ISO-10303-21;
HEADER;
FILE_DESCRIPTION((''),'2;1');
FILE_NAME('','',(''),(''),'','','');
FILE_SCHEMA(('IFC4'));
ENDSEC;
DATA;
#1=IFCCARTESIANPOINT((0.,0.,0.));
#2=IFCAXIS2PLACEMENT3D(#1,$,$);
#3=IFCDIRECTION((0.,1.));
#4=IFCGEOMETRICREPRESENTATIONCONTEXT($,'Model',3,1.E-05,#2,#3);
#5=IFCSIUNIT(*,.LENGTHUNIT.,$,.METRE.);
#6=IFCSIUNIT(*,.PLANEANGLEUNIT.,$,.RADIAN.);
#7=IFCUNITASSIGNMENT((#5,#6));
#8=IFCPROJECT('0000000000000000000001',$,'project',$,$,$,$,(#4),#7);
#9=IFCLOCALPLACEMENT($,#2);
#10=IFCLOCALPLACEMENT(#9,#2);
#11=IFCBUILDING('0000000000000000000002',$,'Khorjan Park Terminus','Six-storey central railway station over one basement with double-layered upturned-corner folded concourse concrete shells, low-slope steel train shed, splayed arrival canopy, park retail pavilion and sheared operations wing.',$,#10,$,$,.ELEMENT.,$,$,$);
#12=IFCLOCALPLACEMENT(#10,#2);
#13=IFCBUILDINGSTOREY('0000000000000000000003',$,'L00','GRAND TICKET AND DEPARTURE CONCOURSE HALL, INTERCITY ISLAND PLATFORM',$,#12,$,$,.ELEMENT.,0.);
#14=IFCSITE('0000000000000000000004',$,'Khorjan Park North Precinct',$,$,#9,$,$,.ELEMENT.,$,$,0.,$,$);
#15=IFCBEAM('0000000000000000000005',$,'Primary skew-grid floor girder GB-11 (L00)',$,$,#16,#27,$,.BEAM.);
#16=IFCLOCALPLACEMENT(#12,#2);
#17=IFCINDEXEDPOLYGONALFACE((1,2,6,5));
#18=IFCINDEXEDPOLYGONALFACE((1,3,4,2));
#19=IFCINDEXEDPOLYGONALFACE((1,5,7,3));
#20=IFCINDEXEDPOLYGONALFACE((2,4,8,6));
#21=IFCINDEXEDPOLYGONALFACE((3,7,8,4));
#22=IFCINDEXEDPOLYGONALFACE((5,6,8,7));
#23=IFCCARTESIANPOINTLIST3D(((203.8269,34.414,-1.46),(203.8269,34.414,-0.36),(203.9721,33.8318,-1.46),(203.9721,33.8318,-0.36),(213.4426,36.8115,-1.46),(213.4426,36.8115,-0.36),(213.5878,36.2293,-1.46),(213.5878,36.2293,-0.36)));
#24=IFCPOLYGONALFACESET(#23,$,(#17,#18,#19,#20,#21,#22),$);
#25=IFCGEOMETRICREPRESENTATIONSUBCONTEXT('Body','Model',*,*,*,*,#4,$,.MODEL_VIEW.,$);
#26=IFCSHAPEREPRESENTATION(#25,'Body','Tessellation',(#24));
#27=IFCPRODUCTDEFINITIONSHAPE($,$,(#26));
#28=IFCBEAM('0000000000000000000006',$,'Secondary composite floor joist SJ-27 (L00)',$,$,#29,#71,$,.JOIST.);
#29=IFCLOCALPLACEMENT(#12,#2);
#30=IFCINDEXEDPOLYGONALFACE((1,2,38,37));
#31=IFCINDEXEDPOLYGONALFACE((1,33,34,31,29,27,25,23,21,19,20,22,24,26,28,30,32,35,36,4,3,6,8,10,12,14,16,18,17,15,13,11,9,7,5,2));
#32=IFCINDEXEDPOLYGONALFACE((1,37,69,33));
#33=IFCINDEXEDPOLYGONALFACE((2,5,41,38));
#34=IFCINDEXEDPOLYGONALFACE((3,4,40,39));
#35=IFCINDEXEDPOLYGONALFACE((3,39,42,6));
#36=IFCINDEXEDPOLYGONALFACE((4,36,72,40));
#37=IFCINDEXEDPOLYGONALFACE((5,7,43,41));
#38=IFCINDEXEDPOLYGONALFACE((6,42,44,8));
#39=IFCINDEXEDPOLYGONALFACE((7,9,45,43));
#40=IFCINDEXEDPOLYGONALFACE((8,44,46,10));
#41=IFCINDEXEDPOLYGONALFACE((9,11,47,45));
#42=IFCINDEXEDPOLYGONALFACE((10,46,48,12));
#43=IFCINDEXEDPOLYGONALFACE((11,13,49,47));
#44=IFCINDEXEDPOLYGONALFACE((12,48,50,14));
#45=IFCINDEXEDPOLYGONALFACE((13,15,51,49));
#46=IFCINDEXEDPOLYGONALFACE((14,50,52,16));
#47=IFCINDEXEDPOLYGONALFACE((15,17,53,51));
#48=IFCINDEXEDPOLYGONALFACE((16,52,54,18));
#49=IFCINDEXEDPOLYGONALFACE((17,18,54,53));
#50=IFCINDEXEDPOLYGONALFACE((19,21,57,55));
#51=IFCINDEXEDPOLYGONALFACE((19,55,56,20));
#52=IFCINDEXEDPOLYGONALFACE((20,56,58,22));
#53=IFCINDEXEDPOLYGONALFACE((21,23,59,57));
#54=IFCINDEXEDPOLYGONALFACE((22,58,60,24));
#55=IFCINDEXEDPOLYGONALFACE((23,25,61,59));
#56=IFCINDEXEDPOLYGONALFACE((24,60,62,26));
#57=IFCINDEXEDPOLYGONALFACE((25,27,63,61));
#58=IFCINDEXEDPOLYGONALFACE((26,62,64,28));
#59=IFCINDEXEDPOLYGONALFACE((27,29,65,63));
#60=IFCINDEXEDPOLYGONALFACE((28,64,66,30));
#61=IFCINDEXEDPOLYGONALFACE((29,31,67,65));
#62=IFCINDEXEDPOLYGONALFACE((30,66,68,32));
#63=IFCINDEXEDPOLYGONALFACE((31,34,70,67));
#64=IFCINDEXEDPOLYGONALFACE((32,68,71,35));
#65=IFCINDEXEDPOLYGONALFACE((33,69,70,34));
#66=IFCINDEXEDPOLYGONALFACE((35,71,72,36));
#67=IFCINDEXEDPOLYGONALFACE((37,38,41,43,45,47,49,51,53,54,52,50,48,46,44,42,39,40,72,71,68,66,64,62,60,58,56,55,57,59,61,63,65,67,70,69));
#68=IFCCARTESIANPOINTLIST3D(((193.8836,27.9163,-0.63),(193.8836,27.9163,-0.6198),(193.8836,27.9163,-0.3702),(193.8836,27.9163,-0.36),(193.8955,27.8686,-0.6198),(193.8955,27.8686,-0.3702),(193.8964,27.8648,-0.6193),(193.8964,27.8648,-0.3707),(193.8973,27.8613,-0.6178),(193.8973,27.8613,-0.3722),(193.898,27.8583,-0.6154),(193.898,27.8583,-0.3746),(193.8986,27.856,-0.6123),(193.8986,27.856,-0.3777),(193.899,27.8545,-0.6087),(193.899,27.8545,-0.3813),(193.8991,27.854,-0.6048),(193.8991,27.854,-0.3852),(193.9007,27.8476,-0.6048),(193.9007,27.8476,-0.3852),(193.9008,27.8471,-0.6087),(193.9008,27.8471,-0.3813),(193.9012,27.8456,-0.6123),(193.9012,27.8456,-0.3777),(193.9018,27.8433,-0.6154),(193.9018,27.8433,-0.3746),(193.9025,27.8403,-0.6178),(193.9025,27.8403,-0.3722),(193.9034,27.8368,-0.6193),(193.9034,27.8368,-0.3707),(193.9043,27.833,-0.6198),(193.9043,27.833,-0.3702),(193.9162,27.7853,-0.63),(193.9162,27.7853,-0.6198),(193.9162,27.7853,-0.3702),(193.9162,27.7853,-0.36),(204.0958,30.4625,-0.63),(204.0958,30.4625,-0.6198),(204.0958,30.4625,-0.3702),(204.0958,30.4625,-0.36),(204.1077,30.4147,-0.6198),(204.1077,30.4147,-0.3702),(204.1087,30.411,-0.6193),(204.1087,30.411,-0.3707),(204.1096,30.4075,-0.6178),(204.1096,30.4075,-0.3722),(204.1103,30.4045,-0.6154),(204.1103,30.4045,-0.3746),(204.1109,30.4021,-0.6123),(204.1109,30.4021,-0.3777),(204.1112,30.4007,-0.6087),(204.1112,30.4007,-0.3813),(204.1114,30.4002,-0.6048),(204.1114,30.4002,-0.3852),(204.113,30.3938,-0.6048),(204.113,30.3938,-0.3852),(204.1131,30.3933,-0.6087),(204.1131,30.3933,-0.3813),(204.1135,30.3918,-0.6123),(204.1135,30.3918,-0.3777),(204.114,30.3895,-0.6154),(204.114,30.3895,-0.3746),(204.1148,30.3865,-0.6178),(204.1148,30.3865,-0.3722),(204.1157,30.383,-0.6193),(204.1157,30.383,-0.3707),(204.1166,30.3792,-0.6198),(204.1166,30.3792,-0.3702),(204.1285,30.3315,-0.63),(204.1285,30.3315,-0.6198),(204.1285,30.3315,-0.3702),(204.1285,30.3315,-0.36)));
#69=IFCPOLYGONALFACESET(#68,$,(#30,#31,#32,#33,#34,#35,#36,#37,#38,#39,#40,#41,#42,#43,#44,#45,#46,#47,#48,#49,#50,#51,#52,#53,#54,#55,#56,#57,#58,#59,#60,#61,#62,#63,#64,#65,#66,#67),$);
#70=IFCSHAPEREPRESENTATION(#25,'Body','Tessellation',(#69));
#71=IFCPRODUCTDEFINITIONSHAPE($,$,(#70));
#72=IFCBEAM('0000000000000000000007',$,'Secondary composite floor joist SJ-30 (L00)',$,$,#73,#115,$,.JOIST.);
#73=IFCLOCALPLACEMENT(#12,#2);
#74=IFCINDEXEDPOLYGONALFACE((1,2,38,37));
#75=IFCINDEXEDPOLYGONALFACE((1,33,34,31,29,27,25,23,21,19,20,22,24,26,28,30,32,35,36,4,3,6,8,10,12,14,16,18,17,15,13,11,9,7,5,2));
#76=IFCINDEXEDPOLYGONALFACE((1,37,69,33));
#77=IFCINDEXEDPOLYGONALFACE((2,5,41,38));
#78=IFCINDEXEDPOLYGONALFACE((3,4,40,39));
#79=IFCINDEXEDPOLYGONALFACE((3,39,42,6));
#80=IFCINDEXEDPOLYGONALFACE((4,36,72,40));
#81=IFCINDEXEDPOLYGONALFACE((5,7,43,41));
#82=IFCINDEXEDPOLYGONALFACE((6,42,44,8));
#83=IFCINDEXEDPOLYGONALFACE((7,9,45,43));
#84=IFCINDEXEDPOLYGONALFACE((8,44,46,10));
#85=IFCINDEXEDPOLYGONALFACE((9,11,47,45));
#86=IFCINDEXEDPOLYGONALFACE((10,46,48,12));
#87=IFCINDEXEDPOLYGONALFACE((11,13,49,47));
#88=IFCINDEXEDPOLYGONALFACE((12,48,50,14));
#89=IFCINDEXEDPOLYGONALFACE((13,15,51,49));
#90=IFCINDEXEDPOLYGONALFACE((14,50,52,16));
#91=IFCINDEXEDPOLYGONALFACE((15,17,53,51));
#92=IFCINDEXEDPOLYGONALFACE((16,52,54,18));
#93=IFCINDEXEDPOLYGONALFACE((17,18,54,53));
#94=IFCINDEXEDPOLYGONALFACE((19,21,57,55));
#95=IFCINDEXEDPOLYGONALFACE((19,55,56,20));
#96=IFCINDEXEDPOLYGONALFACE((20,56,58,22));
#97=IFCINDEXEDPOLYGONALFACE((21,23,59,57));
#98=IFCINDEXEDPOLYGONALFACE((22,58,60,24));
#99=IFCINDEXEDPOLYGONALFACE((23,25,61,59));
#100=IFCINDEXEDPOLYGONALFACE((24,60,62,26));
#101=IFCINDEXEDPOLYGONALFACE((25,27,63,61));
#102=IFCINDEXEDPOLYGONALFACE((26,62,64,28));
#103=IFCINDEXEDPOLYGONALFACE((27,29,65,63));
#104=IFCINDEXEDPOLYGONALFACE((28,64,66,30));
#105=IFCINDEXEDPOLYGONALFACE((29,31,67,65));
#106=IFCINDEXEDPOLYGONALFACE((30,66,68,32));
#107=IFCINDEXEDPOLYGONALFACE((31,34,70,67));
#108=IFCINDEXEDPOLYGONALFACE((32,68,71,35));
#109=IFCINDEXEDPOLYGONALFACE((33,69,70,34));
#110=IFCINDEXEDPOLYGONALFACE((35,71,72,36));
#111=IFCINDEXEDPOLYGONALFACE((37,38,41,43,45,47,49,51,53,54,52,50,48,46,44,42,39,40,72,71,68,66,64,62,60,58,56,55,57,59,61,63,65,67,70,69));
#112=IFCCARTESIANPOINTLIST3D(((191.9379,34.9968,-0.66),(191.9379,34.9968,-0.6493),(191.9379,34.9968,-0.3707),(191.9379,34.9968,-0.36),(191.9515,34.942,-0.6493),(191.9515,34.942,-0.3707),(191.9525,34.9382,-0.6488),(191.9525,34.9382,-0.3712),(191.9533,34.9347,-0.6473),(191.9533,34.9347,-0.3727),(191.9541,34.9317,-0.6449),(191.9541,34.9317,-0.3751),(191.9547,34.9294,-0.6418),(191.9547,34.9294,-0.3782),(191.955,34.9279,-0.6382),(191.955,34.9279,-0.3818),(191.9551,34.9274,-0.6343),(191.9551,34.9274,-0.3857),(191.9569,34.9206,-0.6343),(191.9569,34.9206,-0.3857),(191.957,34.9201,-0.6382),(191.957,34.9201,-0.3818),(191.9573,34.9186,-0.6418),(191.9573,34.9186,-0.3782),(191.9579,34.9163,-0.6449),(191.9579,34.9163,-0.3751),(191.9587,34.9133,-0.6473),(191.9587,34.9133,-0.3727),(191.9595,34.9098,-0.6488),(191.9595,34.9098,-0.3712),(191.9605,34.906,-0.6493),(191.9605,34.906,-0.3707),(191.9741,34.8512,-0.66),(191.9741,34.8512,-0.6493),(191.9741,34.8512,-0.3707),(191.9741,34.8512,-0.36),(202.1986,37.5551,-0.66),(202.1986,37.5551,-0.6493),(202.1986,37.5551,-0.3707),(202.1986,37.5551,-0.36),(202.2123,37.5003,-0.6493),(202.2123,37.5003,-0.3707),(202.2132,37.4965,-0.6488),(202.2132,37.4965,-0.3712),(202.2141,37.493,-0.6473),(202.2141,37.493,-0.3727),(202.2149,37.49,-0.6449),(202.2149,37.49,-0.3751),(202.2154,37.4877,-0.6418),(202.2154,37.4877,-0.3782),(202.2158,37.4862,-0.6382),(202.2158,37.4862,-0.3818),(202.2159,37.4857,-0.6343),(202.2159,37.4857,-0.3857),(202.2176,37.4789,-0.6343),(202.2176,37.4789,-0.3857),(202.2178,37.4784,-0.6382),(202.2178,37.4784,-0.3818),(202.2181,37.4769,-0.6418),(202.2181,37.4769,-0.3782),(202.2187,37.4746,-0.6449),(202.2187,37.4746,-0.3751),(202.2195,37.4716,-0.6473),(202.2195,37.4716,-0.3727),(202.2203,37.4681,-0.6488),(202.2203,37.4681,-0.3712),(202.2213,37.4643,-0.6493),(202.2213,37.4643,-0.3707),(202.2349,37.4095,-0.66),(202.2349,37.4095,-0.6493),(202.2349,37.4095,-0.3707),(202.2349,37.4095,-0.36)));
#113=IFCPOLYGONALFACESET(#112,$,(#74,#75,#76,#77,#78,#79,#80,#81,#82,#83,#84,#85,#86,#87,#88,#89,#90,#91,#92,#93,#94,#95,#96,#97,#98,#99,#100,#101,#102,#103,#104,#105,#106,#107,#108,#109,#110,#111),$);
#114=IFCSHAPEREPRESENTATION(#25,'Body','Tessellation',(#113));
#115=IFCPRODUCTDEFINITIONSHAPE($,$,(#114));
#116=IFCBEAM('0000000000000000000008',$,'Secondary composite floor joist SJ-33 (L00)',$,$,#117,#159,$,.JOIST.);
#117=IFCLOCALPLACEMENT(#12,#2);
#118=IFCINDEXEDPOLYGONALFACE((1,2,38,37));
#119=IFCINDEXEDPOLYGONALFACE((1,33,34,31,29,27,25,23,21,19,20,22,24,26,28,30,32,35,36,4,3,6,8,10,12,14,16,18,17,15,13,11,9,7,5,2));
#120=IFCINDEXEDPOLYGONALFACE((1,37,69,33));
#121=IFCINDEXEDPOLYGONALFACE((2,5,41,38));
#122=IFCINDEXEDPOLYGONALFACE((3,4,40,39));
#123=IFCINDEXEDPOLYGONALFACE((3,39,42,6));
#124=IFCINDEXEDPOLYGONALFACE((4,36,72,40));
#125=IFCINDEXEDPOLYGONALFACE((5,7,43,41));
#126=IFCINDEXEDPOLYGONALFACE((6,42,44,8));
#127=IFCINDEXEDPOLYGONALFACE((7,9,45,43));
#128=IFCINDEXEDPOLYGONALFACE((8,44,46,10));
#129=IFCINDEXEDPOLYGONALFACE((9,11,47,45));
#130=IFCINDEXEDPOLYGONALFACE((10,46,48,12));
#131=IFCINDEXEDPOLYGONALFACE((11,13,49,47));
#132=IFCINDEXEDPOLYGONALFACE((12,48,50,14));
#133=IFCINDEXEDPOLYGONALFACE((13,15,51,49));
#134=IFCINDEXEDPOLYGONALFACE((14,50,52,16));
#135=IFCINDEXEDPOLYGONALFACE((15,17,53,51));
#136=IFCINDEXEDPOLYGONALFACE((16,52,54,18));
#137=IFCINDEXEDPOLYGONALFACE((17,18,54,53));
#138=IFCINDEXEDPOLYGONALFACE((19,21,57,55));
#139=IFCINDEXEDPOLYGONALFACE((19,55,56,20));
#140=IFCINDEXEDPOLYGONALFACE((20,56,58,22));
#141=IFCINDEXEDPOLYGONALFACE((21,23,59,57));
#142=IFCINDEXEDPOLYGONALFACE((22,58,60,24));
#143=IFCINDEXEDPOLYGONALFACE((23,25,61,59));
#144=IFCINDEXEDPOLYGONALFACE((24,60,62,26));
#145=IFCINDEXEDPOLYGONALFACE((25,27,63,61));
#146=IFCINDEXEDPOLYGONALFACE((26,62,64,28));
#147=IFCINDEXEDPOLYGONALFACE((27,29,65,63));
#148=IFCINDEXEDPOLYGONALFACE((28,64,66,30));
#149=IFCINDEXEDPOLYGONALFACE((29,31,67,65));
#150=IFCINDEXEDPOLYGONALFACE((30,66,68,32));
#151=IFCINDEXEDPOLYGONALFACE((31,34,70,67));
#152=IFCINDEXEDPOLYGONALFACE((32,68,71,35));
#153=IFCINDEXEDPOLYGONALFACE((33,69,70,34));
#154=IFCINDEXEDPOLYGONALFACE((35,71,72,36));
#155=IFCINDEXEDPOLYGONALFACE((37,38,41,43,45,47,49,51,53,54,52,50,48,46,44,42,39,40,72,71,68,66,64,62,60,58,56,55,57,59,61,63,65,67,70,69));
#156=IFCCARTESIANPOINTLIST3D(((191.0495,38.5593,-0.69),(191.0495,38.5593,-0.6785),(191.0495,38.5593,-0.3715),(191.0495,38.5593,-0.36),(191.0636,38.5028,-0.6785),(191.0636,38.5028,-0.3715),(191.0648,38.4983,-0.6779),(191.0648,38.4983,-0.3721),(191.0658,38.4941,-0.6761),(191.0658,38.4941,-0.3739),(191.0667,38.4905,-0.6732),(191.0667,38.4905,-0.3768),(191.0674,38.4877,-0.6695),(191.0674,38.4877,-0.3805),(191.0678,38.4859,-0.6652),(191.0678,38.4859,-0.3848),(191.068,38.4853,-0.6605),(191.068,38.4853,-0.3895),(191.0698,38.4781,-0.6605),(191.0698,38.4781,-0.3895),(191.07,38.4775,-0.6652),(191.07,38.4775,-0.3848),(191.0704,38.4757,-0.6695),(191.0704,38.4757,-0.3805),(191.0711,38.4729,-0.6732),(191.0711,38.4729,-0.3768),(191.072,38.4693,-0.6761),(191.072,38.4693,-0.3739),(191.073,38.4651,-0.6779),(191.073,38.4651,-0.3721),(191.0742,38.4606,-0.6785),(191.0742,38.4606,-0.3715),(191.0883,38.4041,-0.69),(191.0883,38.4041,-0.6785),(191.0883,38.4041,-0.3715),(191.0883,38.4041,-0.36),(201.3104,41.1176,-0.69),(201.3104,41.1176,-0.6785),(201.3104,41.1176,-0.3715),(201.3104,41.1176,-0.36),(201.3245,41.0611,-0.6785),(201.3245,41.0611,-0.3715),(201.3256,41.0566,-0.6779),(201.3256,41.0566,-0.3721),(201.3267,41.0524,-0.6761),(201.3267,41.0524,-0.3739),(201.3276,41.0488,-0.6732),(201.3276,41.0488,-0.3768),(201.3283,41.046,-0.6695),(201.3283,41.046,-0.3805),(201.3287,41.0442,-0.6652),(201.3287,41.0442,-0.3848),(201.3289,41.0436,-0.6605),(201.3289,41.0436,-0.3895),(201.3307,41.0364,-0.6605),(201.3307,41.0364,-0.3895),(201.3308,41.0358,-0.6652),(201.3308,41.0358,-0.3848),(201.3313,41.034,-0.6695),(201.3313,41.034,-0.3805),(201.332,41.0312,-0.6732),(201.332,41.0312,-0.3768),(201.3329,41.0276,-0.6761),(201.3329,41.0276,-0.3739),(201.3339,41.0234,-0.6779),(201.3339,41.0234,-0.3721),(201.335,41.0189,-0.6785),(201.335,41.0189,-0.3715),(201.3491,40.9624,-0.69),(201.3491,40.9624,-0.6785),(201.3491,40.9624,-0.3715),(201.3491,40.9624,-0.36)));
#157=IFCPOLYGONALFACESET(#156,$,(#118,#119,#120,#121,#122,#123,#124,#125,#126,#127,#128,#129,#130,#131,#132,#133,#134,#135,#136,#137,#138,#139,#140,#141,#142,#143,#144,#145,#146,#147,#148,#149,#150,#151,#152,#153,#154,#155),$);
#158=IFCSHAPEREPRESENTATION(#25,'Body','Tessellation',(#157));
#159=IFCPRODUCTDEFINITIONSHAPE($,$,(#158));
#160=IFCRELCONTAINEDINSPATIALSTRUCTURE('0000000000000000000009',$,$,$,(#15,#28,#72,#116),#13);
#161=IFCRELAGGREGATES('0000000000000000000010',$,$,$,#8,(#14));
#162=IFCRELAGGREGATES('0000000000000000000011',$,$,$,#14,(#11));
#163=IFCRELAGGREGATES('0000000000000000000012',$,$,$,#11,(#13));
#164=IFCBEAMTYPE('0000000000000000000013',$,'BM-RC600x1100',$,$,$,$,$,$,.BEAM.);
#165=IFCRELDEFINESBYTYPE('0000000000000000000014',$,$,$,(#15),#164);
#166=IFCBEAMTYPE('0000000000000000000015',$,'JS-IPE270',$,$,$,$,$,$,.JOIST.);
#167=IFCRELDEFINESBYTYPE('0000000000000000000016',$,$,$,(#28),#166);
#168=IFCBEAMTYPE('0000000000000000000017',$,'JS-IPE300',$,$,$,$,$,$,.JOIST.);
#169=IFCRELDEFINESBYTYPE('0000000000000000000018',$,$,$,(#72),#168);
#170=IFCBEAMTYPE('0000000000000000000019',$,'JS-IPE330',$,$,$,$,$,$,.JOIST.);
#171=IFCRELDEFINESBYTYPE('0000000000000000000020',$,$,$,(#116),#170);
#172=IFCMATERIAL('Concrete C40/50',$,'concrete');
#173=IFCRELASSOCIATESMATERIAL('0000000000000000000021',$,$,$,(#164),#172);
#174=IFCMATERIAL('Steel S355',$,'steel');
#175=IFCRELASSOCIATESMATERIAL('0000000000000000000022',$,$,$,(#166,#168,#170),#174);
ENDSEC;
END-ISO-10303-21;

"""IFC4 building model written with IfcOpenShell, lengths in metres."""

from ifc_helpers import new_model, si_unit, direction, frame, origin, origin_2d, place, context, subcontext, project, spatial, rectangle, i_section, extrude, material, material_profile, profile_set, type_object, element, save


model = new_model("IFC4")

# Units and contexts
model_context = context("Model", 3, precision=1e-05, world=origin(), true_north=direction((0.0, 1.0)))
body_context = subcontext(model_context, "Body", "Model", "MODEL_VIEW")
ifc_project = project(units=[si_unit("LENGTHUNIT", "METRE"), si_unit("PLANEANGLEUNIT", "RADIAN")], contexts=[model_context])

# Site, building, storey
site_placement = place(None, origin())
site = spatial("IfcSite", under=ifc_project, at=site_placement, Name="Khorjan Park North Precinct", CompositionType="ELEMENT", RefElevation=0.0)
building_placement = place(site_placement, origin())
building = spatial("IfcBuilding", under=site, at=building_placement, Name="Khorjan Park Terminus", Description="Six-storey central railway station over one basement with double-layered upturned-corner folded concourse concrete shells, low-slope steel train shed, splayed arrival canopy, park retail pavilion and sheared operations wing.", CompositionType="ELEMENT")
storey_placement = place(building_placement, origin())
storey = spatial("IfcBuildingStorey", under=building, at=storey_placement, Name="L00", Description="GRAND TICKET AND DEPARTURE CONCOURSE HALL, INTERCITY ISLAND PLATFORM", CompositionType="ELEMENT", Elevation=0.0)

# Beams
ifc_material_1 = material(Name="Steel S355", Category="steel")
ifc_material_2 = material(Name="Concrete C40/50", Category="concrete")
ifc_material_profile_1 = material_profile(ifc_material_2, rectangle(XDim=0.6, YDim=1.1, at=origin_2d()), Name="RC 600x1100")
ifc_profile_set_1 = profile_set([ifc_material_profile_1], Name="Concrete C40/50")
beam_type_1 = type_object("IfcBeamType", Name="BM-RC600x1100", PredefinedType="BEAM", material=ifc_profile_set_1)
beam_1_placement = place(storey_placement, frame((203.8995, 34.1229, -0.91), z_axis=(0.970295, 0.241925, 0.0), x_axis=(-0.241925, 0.970295, 0.0)))
element("IfcBeam", 1, at=beam_1_placement, inside=storey, type_object=beam_type_1, Name="Primary skew-grid floor girder GB-11 (L00)", PredefinedType="BEAM", context=body_context, shape_type="SweptSolid", body=[
    extrude(rectangle(XDim=0.6, YDim=1.1, at=origin_2d()), origin(), (0.0, 0.0, 1.0), 9.9101),
])
ifc_material_profile_2 = material_profile(ifc_material_1, i_section(OverallWidth=0.135, OverallDepth=0.27, WebThickness=0.0066, FlangeThickness=0.0102, FilletRadius=0.015, at=origin_2d()), Name="IPE 270")
ifc_profile_set_2 = profile_set([ifc_material_profile_2], Name="Steel S355")
beam_type_2 = type_object("IfcBeamType", Name="JS-IPE270", PredefinedType="JOIST", material=ifc_profile_set_2)
beam_2_placement = place(storey_placement, frame((193.8999, 27.8508, -0.495), z_axis=(0.970296, 0.241921, 0.0), x_axis=(-0.241921, 0.970296, 0.0)))
element("IfcBeam", 2, at=beam_2_placement, inside=storey, type_object=beam_type_2, Name="Secondary composite floor joist SJ-27 (L00)", PredefinedType="JOIST", context=body_context, shape_type="SweptSolid", body=[
    extrude(i_section(OverallWidth=0.135, OverallDepth=0.27, WebThickness=0.0066, FlangeThickness=0.0102, FilletRadius=0.015, at=origin_2d()), origin(), (0.0, 0.0, 1.0), 10.5249),
])
ifc_material_profile_3 = material_profile(ifc_material_1, i_section(OverallWidth=0.15, OverallDepth=0.3, WebThickness=0.0071, FlangeThickness=0.0107, FilletRadius=0.015, at=origin_2d()), Name="IPE 300")
ifc_profile_set_3 = profile_set([ifc_material_profile_3], Name="Steel S355")
beam_type_3 = type_object("IfcBeamType", Name="JS-IPE300", PredefinedType="JOIST", material=ifc_profile_set_3)
beam_3_placement = place(storey_placement, frame((191.956, 34.924, -0.51), z_axis=(0.970296, 0.241921, 0.0), x_axis=(-0.241921, 0.970296, 0.0)))
element("IfcBeam", 3, at=beam_3_placement, inside=storey, type_object=beam_type_3, Name="Secondary composite floor joist SJ-30 (L00)", PredefinedType="JOIST", context=body_context, shape_type="SweptSolid", body=[
    extrude(i_section(OverallWidth=0.15, OverallDepth=0.3, WebThickness=0.0071, FlangeThickness=0.0107, FilletRadius=0.015, at=origin_2d()), origin(), (0.0, 0.0, 1.0), 10.5749),
])
ifc_material_profile_4 = material_profile(ifc_material_1, i_section(OverallWidth=0.16, OverallDepth=0.33, WebThickness=0.0075, FlangeThickness=0.0115, FilletRadius=0.018, at=origin_2d()), Name="IPE 330")
ifc_profile_set_4 = profile_set([ifc_material_profile_4], Name="Steel S355")
beam_type_4 = type_object("IfcBeamType", Name="JS-IPE330", PredefinedType="JOIST", material=ifc_profile_set_4)
beam_4_placement = place(storey_placement, frame((191.0689, 38.4817, -0.525), z_axis=(0.970296, 0.241919, 0.0), x_axis=(-0.241919, 0.970296, 0.0)))
element("IfcBeam", 4, at=beam_4_placement, inside=storey, type_object=beam_type_4, Name="Secondary composite floor joist SJ-33 (L00)", PredefinedType="JOIST", context=body_context, shape_type="SweptSolid", body=[
    extrude(i_section(OverallWidth=0.16, OverallDepth=0.33, WebThickness=0.0075, FlangeThickness=0.0115, FilletRadius=0.018, at=origin_2d()), origin(), (0.0, 0.0, 1.0), 10.575),
])

save(model, "model.ifc")
